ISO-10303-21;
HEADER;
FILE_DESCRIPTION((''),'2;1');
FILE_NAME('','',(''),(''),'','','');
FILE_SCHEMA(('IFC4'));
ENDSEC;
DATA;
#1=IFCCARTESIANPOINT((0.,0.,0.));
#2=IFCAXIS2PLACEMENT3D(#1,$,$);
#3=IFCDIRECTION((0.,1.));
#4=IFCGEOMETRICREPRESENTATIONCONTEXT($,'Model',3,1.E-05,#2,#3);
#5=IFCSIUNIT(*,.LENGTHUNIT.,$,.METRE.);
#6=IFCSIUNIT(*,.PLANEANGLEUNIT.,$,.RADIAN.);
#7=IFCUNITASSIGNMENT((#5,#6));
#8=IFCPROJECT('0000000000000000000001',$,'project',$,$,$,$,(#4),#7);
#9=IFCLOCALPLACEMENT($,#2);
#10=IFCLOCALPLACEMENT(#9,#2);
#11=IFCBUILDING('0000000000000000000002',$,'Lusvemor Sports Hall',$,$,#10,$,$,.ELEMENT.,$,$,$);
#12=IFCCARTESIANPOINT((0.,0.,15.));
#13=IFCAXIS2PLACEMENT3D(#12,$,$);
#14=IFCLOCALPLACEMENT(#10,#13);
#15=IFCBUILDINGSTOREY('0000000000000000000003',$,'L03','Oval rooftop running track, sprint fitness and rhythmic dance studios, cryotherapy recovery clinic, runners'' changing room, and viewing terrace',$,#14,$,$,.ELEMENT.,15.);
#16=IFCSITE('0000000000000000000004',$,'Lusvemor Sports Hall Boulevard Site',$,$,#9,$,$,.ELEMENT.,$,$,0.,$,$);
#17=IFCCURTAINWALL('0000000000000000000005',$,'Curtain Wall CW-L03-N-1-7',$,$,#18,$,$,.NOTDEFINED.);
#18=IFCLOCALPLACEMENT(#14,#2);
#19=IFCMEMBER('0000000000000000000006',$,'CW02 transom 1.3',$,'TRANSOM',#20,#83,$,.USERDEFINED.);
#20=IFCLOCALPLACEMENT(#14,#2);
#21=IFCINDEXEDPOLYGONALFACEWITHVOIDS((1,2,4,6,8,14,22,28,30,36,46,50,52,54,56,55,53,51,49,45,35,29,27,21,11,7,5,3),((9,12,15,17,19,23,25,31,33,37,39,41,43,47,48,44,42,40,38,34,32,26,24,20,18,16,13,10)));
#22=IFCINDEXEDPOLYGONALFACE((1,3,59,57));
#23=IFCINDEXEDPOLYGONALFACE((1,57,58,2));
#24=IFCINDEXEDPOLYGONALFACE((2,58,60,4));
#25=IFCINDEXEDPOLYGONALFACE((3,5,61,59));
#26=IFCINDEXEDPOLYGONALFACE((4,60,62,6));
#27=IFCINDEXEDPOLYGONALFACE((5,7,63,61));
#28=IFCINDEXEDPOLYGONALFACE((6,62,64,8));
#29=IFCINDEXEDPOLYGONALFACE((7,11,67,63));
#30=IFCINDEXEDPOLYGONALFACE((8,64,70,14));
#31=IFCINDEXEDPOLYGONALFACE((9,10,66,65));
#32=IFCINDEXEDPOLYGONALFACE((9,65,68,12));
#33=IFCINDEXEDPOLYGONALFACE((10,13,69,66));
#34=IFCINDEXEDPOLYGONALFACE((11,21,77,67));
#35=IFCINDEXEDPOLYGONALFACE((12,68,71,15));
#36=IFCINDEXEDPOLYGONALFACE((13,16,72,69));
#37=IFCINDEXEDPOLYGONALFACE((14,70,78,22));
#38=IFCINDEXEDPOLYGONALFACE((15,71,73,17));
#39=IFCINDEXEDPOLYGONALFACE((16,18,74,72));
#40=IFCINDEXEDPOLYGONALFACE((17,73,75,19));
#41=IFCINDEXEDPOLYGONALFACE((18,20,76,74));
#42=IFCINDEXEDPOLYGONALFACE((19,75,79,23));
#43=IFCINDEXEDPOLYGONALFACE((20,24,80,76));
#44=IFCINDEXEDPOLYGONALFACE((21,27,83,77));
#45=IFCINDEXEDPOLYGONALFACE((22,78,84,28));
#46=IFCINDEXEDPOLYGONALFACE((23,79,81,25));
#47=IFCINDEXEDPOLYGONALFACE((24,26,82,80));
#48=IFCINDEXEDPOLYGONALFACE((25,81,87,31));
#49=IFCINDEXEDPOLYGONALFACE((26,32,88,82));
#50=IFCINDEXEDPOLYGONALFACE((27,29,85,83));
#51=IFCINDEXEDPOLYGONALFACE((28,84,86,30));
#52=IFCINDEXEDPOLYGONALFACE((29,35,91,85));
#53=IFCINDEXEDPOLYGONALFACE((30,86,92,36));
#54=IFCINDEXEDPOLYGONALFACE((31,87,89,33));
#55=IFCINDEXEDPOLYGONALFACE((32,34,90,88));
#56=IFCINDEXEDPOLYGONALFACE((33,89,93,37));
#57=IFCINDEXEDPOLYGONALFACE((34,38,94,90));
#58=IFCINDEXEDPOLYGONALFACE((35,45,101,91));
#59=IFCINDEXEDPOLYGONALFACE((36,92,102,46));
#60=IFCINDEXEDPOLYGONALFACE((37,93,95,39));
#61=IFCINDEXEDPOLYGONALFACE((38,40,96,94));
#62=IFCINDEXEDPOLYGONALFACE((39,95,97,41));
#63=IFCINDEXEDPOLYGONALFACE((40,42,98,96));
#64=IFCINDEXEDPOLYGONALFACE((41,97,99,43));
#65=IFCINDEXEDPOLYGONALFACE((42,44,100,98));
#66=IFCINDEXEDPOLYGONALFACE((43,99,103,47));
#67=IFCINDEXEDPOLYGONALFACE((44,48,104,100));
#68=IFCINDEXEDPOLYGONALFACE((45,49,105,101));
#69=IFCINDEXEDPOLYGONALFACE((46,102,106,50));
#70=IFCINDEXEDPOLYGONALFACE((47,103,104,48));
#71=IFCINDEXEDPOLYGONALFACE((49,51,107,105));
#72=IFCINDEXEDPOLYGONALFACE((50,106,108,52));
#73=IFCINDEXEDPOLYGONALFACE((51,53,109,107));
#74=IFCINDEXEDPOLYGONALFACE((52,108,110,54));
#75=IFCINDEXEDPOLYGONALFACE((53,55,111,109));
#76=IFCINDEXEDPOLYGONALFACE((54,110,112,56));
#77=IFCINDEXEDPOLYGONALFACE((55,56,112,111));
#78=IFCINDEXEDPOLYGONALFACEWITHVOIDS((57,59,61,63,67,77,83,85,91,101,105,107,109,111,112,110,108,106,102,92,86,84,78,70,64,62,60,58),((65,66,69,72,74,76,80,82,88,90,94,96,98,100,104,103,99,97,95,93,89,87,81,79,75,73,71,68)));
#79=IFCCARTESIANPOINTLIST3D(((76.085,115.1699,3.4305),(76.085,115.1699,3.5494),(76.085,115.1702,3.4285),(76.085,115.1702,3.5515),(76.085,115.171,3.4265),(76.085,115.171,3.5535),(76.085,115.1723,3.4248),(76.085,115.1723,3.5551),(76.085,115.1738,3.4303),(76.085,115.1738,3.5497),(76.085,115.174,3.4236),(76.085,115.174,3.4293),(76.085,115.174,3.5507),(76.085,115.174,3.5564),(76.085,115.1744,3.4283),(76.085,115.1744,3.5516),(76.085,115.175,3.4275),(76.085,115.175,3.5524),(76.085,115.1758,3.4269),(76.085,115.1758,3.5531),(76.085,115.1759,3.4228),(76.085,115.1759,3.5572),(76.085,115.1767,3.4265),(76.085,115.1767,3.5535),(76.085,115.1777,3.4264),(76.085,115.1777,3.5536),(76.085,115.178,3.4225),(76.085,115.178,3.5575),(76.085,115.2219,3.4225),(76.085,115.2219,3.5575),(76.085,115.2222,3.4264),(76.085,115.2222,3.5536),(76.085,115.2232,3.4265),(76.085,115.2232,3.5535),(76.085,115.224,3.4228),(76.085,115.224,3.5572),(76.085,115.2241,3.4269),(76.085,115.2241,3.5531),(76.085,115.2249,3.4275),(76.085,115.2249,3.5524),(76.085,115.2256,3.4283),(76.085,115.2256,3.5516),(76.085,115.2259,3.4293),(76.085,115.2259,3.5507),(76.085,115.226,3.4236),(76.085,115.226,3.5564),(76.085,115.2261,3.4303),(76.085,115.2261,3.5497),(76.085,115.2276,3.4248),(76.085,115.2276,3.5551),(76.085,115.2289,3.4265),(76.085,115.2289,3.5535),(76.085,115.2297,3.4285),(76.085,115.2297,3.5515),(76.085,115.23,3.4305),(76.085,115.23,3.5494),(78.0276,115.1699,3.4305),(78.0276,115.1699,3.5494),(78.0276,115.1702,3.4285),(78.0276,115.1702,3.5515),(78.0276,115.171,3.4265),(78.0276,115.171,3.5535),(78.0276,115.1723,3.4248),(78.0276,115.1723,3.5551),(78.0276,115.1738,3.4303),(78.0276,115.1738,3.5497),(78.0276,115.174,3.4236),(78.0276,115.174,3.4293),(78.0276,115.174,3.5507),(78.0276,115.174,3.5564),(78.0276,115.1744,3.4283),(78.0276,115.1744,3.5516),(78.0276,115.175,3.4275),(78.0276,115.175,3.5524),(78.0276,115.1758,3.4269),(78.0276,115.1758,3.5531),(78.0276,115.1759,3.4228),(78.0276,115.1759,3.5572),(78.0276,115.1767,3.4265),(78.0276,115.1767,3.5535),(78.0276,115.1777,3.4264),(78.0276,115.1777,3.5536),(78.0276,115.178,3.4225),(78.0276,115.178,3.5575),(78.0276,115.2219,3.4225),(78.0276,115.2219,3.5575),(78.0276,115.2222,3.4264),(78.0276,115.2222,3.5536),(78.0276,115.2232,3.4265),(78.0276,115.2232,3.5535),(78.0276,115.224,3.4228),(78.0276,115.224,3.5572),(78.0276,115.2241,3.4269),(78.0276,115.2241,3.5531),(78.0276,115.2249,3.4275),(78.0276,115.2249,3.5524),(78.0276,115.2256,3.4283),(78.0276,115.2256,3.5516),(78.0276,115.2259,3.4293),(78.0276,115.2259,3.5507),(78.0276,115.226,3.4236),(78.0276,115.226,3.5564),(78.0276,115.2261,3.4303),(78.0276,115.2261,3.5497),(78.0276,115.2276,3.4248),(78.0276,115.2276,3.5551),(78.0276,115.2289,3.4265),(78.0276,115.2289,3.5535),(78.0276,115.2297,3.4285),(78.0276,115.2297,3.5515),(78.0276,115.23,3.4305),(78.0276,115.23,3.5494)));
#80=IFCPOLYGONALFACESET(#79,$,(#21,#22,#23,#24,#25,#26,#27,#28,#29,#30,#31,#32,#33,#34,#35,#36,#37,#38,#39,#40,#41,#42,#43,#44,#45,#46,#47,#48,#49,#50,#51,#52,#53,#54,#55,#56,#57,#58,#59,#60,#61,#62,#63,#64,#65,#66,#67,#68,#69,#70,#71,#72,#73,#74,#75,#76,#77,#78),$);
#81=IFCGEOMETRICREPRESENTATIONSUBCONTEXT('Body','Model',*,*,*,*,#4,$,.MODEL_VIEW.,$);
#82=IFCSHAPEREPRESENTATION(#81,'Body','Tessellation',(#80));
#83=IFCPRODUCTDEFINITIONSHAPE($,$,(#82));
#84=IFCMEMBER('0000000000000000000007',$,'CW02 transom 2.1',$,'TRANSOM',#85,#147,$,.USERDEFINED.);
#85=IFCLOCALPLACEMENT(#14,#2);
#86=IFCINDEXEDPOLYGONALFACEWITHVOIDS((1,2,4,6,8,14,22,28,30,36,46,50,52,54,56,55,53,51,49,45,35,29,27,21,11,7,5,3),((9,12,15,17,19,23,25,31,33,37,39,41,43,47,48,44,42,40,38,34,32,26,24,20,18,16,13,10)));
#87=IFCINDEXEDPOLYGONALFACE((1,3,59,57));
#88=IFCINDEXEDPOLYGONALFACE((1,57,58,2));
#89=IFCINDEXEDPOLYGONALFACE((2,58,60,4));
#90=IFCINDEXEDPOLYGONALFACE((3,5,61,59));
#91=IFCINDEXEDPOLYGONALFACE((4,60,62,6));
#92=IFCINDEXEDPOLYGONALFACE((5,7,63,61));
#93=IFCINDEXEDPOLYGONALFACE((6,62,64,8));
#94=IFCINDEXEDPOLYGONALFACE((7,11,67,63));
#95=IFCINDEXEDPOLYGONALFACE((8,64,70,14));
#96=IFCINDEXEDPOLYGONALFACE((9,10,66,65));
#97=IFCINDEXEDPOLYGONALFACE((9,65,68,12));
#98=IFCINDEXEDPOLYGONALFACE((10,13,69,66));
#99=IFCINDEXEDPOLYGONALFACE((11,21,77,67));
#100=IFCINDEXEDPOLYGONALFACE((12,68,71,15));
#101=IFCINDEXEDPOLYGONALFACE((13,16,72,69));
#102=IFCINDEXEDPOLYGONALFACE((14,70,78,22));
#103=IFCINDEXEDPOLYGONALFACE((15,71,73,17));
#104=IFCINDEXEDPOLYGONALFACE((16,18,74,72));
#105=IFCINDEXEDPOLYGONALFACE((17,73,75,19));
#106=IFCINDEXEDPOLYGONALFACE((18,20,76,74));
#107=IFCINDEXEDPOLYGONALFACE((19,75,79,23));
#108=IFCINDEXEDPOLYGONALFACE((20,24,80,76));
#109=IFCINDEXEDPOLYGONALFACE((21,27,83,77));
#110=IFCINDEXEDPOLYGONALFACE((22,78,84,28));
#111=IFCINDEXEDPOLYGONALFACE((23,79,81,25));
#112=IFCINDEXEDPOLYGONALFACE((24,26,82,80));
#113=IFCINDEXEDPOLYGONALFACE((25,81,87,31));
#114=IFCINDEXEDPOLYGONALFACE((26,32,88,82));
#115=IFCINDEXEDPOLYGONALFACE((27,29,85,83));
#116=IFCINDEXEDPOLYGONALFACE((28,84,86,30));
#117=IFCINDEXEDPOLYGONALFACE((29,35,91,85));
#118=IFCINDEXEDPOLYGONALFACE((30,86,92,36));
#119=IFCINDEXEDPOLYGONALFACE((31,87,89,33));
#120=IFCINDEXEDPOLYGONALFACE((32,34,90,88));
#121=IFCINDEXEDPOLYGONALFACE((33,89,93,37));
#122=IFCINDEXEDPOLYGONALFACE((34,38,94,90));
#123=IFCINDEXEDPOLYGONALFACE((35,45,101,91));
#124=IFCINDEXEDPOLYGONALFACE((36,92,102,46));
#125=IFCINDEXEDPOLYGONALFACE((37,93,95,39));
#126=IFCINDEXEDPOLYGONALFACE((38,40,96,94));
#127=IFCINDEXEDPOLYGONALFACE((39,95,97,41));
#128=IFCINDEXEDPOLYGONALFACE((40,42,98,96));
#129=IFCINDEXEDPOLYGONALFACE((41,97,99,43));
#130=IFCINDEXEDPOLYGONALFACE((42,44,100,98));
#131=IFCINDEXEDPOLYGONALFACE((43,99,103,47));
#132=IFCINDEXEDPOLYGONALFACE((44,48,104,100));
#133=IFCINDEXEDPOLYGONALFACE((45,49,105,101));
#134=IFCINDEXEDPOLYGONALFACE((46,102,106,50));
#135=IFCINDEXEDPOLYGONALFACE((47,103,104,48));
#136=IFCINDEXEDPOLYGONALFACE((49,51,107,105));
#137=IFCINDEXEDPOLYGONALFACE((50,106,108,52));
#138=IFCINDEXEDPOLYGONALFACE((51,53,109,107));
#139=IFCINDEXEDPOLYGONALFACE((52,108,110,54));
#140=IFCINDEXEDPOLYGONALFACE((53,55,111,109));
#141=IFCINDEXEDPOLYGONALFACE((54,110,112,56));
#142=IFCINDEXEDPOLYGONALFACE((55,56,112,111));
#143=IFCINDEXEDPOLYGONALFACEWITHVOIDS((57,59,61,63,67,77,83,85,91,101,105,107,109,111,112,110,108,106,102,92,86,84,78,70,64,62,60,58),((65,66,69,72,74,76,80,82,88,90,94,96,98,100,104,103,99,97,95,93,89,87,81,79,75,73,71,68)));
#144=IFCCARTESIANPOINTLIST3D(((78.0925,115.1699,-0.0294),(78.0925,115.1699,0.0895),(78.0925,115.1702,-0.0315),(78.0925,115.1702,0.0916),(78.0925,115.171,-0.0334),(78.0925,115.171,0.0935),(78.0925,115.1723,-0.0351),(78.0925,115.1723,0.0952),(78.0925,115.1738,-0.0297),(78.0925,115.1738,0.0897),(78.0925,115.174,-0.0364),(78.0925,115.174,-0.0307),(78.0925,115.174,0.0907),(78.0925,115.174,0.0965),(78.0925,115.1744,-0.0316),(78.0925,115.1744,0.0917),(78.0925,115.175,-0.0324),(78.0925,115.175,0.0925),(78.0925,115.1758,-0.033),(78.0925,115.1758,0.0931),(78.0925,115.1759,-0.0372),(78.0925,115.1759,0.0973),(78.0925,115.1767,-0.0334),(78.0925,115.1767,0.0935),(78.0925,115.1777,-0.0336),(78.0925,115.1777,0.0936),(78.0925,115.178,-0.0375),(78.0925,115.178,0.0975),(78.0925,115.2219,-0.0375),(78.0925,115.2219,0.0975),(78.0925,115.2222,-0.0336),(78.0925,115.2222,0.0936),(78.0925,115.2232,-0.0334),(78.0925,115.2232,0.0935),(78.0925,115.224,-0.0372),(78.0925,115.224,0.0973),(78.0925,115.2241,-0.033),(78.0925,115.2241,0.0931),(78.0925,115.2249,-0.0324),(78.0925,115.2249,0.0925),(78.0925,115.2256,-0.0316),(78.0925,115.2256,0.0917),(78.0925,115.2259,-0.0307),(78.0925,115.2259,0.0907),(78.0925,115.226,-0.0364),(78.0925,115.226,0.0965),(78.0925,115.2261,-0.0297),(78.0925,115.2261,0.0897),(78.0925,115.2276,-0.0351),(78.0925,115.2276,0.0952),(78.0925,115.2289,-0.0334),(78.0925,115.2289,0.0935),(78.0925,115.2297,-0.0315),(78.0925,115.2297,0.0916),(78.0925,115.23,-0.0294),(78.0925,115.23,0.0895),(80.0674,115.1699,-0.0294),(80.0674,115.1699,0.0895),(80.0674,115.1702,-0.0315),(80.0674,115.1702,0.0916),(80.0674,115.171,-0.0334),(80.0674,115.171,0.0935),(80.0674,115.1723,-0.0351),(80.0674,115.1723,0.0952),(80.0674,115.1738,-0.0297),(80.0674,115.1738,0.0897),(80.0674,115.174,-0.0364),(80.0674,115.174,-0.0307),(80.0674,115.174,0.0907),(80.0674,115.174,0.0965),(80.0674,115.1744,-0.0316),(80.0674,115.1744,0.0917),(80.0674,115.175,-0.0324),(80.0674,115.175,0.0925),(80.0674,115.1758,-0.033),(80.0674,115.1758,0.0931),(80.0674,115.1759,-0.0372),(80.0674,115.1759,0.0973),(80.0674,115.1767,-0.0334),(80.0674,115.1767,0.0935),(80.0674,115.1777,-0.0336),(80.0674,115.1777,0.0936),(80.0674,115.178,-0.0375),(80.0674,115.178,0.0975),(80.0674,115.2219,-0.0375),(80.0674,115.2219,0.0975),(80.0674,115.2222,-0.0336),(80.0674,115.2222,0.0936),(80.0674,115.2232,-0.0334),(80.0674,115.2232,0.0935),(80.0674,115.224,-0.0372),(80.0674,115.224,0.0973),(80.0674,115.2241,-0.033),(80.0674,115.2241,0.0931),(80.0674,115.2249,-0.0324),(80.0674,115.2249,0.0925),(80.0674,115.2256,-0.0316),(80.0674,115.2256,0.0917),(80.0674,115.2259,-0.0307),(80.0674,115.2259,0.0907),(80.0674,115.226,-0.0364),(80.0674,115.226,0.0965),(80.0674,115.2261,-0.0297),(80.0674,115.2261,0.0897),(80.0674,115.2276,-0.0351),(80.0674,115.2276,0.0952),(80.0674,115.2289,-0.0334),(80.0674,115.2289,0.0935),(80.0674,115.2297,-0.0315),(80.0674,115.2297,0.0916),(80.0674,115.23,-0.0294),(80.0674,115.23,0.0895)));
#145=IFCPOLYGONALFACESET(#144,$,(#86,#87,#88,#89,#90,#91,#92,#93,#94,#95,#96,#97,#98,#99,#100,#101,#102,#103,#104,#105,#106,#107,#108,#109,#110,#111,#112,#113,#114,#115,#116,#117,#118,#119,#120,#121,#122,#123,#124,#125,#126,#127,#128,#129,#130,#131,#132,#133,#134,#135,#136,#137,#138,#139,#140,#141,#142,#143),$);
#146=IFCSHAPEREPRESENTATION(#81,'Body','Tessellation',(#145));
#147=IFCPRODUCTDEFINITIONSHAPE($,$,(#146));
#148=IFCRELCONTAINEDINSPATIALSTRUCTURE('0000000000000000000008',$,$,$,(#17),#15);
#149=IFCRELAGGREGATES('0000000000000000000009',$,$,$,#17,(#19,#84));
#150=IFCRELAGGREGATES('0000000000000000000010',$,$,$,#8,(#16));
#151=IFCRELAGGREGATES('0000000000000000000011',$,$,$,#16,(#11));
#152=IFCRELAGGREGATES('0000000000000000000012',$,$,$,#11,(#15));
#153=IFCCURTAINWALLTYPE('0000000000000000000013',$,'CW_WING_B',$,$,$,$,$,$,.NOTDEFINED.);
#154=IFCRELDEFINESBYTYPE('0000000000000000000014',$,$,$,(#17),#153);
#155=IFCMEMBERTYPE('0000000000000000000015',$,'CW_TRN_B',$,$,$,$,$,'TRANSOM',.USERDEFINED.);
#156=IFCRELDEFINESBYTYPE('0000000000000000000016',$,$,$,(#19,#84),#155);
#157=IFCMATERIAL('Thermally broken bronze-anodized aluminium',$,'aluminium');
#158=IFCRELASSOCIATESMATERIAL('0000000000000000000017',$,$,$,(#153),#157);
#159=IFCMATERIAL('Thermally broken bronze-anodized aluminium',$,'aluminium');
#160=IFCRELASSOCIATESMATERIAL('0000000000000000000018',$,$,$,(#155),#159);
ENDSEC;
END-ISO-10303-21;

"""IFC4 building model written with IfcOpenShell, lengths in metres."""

from ifc_helpers import new_model, si_unit, direction, frame, origin, origin_2d, place, context, subcontext, project, spatial, hollow_rectangle, extrude, material, material_profile, profile_set, type_object, element, aggregate, save


model = new_model("IFC4")

# Units and contexts
model_context = context("Model", 3, precision=1e-05, world=origin(), true_north=direction((0.0, 1.0)))
body_context = subcontext(model_context, "Body", "Model", "MODEL_VIEW")
ifc_project = project(units=[si_unit("LENGTHUNIT", "METRE"), si_unit("PLANEANGLEUNIT", "RADIAN")], contexts=[model_context])

# Site, building, storey
site_placement = place(None, origin())
site = spatial("IfcSite", under=ifc_project, at=site_placement, Name="Lusvemor Sports Hall Boulevard Site", CompositionType="ELEMENT", RefElevation=0.0)
building_placement = place(site_placement, origin())
building = spatial("IfcBuilding", under=site, at=building_placement, Name="Lusvemor Sports Hall", CompositionType="ELEMENT")
storey_placement = place(building_placement, frame((0.0, 0.0, 15.0)))
storey = spatial("IfcBuildingStorey", under=building, at=storey_placement, Name="L03", Description="Oval rooftop running track, sprint fitness and rhythmic dance studios, cryotherapy recovery clinic, runners' changing room, and viewing terrace", CompositionType="ELEMENT", Elevation=15.0)

# Curtain wall
ifc_material_1 = material(Name="Thermally broken bronze-anodized aluminium", Category="aluminium")
curtain_wall_type_1 = type_object("IfcCurtainWallType", Name="CW_WING_B", PredefinedType="NOTDEFINED", material=ifc_material_1)
curtain_wall_1_placement = place(storey_placement, origin())
curtain_wall_1 = element("IfcCurtainWall", 1, at=curtain_wall_1_placement, inside=storey, type_object=curtain_wall_type_1, Name="Curtain Wall CW-L03-N-1-7", PredefinedType="NOTDEFINED")

# Members
ifc_material_2 = material(Name="Thermally broken bronze-anodized aluminium", Category="aluminium")
ifc_material_profile_1 = material_profile(ifc_material_2, hollow_rectangle(XDim=0.0601, YDim=0.135, WallThickness=0.0039, InnerFilletRadius=0.0039, OuterFilletRadius=0.0081, at=origin_2d()), Name="CWTRN135x60x4")
ifc_profile_set_1 = profile_set([ifc_material_profile_1], Name="Thermally broken bronze-anodized aluminium")
member_type_1 = type_object("IfcMemberType", Name="CW_TRN_B", ElementType="TRANSOM", PredefinedType="USERDEFINED", material=ifc_profile_set_1)
member_1_placement = place(storey_placement, frame((76.085, 115.2, 3.49), z_axis=(1.0, 0.0, 0.0), x_axis=(0.0, 1.0, 0.0)))
member_1 = element("IfcMember", 2, at=member_1_placement, type_object=member_type_1, Name="CW02 transom 1.3", ObjectType="TRANSOM", PredefinedType="USERDEFINED", context=body_context, shape_type="SweptSolid", body=[
    extrude(hollow_rectangle(XDim=0.0601, YDim=0.135, WallThickness=0.0039, InnerFilletRadius=0.0039, OuterFilletRadius=0.0081, at=origin_2d()), origin(), (0.0, 0.0, 1.0), 1.9426),
])
member_2_placement = place(storey_placement, frame((78.0925, 115.2, 0.03), z_axis=(1.0, 0.0, 0.0), x_axis=(0.0, 1.0, 0.0)))
member_2 = element("IfcMember", 3, at=member_2_placement, type_object=member_type_1, Name="CW02 transom 2.1", ObjectType="TRANSOM", PredefinedType="USERDEFINED", context=body_context, shape_type="SweptSolid", body=[
    extrude(hollow_rectangle(XDim=0.0601, YDim=0.135, WallThickness=0.0039, InnerFilletRadius=0.0039, OuterFilletRadius=0.0081, at=origin_2d()), origin(), (0.0, 0.0, 1.0), 1.9749),
])

aggregate(curtain_wall_1, [member_1, member_2])

save(model, "model.ifc")
